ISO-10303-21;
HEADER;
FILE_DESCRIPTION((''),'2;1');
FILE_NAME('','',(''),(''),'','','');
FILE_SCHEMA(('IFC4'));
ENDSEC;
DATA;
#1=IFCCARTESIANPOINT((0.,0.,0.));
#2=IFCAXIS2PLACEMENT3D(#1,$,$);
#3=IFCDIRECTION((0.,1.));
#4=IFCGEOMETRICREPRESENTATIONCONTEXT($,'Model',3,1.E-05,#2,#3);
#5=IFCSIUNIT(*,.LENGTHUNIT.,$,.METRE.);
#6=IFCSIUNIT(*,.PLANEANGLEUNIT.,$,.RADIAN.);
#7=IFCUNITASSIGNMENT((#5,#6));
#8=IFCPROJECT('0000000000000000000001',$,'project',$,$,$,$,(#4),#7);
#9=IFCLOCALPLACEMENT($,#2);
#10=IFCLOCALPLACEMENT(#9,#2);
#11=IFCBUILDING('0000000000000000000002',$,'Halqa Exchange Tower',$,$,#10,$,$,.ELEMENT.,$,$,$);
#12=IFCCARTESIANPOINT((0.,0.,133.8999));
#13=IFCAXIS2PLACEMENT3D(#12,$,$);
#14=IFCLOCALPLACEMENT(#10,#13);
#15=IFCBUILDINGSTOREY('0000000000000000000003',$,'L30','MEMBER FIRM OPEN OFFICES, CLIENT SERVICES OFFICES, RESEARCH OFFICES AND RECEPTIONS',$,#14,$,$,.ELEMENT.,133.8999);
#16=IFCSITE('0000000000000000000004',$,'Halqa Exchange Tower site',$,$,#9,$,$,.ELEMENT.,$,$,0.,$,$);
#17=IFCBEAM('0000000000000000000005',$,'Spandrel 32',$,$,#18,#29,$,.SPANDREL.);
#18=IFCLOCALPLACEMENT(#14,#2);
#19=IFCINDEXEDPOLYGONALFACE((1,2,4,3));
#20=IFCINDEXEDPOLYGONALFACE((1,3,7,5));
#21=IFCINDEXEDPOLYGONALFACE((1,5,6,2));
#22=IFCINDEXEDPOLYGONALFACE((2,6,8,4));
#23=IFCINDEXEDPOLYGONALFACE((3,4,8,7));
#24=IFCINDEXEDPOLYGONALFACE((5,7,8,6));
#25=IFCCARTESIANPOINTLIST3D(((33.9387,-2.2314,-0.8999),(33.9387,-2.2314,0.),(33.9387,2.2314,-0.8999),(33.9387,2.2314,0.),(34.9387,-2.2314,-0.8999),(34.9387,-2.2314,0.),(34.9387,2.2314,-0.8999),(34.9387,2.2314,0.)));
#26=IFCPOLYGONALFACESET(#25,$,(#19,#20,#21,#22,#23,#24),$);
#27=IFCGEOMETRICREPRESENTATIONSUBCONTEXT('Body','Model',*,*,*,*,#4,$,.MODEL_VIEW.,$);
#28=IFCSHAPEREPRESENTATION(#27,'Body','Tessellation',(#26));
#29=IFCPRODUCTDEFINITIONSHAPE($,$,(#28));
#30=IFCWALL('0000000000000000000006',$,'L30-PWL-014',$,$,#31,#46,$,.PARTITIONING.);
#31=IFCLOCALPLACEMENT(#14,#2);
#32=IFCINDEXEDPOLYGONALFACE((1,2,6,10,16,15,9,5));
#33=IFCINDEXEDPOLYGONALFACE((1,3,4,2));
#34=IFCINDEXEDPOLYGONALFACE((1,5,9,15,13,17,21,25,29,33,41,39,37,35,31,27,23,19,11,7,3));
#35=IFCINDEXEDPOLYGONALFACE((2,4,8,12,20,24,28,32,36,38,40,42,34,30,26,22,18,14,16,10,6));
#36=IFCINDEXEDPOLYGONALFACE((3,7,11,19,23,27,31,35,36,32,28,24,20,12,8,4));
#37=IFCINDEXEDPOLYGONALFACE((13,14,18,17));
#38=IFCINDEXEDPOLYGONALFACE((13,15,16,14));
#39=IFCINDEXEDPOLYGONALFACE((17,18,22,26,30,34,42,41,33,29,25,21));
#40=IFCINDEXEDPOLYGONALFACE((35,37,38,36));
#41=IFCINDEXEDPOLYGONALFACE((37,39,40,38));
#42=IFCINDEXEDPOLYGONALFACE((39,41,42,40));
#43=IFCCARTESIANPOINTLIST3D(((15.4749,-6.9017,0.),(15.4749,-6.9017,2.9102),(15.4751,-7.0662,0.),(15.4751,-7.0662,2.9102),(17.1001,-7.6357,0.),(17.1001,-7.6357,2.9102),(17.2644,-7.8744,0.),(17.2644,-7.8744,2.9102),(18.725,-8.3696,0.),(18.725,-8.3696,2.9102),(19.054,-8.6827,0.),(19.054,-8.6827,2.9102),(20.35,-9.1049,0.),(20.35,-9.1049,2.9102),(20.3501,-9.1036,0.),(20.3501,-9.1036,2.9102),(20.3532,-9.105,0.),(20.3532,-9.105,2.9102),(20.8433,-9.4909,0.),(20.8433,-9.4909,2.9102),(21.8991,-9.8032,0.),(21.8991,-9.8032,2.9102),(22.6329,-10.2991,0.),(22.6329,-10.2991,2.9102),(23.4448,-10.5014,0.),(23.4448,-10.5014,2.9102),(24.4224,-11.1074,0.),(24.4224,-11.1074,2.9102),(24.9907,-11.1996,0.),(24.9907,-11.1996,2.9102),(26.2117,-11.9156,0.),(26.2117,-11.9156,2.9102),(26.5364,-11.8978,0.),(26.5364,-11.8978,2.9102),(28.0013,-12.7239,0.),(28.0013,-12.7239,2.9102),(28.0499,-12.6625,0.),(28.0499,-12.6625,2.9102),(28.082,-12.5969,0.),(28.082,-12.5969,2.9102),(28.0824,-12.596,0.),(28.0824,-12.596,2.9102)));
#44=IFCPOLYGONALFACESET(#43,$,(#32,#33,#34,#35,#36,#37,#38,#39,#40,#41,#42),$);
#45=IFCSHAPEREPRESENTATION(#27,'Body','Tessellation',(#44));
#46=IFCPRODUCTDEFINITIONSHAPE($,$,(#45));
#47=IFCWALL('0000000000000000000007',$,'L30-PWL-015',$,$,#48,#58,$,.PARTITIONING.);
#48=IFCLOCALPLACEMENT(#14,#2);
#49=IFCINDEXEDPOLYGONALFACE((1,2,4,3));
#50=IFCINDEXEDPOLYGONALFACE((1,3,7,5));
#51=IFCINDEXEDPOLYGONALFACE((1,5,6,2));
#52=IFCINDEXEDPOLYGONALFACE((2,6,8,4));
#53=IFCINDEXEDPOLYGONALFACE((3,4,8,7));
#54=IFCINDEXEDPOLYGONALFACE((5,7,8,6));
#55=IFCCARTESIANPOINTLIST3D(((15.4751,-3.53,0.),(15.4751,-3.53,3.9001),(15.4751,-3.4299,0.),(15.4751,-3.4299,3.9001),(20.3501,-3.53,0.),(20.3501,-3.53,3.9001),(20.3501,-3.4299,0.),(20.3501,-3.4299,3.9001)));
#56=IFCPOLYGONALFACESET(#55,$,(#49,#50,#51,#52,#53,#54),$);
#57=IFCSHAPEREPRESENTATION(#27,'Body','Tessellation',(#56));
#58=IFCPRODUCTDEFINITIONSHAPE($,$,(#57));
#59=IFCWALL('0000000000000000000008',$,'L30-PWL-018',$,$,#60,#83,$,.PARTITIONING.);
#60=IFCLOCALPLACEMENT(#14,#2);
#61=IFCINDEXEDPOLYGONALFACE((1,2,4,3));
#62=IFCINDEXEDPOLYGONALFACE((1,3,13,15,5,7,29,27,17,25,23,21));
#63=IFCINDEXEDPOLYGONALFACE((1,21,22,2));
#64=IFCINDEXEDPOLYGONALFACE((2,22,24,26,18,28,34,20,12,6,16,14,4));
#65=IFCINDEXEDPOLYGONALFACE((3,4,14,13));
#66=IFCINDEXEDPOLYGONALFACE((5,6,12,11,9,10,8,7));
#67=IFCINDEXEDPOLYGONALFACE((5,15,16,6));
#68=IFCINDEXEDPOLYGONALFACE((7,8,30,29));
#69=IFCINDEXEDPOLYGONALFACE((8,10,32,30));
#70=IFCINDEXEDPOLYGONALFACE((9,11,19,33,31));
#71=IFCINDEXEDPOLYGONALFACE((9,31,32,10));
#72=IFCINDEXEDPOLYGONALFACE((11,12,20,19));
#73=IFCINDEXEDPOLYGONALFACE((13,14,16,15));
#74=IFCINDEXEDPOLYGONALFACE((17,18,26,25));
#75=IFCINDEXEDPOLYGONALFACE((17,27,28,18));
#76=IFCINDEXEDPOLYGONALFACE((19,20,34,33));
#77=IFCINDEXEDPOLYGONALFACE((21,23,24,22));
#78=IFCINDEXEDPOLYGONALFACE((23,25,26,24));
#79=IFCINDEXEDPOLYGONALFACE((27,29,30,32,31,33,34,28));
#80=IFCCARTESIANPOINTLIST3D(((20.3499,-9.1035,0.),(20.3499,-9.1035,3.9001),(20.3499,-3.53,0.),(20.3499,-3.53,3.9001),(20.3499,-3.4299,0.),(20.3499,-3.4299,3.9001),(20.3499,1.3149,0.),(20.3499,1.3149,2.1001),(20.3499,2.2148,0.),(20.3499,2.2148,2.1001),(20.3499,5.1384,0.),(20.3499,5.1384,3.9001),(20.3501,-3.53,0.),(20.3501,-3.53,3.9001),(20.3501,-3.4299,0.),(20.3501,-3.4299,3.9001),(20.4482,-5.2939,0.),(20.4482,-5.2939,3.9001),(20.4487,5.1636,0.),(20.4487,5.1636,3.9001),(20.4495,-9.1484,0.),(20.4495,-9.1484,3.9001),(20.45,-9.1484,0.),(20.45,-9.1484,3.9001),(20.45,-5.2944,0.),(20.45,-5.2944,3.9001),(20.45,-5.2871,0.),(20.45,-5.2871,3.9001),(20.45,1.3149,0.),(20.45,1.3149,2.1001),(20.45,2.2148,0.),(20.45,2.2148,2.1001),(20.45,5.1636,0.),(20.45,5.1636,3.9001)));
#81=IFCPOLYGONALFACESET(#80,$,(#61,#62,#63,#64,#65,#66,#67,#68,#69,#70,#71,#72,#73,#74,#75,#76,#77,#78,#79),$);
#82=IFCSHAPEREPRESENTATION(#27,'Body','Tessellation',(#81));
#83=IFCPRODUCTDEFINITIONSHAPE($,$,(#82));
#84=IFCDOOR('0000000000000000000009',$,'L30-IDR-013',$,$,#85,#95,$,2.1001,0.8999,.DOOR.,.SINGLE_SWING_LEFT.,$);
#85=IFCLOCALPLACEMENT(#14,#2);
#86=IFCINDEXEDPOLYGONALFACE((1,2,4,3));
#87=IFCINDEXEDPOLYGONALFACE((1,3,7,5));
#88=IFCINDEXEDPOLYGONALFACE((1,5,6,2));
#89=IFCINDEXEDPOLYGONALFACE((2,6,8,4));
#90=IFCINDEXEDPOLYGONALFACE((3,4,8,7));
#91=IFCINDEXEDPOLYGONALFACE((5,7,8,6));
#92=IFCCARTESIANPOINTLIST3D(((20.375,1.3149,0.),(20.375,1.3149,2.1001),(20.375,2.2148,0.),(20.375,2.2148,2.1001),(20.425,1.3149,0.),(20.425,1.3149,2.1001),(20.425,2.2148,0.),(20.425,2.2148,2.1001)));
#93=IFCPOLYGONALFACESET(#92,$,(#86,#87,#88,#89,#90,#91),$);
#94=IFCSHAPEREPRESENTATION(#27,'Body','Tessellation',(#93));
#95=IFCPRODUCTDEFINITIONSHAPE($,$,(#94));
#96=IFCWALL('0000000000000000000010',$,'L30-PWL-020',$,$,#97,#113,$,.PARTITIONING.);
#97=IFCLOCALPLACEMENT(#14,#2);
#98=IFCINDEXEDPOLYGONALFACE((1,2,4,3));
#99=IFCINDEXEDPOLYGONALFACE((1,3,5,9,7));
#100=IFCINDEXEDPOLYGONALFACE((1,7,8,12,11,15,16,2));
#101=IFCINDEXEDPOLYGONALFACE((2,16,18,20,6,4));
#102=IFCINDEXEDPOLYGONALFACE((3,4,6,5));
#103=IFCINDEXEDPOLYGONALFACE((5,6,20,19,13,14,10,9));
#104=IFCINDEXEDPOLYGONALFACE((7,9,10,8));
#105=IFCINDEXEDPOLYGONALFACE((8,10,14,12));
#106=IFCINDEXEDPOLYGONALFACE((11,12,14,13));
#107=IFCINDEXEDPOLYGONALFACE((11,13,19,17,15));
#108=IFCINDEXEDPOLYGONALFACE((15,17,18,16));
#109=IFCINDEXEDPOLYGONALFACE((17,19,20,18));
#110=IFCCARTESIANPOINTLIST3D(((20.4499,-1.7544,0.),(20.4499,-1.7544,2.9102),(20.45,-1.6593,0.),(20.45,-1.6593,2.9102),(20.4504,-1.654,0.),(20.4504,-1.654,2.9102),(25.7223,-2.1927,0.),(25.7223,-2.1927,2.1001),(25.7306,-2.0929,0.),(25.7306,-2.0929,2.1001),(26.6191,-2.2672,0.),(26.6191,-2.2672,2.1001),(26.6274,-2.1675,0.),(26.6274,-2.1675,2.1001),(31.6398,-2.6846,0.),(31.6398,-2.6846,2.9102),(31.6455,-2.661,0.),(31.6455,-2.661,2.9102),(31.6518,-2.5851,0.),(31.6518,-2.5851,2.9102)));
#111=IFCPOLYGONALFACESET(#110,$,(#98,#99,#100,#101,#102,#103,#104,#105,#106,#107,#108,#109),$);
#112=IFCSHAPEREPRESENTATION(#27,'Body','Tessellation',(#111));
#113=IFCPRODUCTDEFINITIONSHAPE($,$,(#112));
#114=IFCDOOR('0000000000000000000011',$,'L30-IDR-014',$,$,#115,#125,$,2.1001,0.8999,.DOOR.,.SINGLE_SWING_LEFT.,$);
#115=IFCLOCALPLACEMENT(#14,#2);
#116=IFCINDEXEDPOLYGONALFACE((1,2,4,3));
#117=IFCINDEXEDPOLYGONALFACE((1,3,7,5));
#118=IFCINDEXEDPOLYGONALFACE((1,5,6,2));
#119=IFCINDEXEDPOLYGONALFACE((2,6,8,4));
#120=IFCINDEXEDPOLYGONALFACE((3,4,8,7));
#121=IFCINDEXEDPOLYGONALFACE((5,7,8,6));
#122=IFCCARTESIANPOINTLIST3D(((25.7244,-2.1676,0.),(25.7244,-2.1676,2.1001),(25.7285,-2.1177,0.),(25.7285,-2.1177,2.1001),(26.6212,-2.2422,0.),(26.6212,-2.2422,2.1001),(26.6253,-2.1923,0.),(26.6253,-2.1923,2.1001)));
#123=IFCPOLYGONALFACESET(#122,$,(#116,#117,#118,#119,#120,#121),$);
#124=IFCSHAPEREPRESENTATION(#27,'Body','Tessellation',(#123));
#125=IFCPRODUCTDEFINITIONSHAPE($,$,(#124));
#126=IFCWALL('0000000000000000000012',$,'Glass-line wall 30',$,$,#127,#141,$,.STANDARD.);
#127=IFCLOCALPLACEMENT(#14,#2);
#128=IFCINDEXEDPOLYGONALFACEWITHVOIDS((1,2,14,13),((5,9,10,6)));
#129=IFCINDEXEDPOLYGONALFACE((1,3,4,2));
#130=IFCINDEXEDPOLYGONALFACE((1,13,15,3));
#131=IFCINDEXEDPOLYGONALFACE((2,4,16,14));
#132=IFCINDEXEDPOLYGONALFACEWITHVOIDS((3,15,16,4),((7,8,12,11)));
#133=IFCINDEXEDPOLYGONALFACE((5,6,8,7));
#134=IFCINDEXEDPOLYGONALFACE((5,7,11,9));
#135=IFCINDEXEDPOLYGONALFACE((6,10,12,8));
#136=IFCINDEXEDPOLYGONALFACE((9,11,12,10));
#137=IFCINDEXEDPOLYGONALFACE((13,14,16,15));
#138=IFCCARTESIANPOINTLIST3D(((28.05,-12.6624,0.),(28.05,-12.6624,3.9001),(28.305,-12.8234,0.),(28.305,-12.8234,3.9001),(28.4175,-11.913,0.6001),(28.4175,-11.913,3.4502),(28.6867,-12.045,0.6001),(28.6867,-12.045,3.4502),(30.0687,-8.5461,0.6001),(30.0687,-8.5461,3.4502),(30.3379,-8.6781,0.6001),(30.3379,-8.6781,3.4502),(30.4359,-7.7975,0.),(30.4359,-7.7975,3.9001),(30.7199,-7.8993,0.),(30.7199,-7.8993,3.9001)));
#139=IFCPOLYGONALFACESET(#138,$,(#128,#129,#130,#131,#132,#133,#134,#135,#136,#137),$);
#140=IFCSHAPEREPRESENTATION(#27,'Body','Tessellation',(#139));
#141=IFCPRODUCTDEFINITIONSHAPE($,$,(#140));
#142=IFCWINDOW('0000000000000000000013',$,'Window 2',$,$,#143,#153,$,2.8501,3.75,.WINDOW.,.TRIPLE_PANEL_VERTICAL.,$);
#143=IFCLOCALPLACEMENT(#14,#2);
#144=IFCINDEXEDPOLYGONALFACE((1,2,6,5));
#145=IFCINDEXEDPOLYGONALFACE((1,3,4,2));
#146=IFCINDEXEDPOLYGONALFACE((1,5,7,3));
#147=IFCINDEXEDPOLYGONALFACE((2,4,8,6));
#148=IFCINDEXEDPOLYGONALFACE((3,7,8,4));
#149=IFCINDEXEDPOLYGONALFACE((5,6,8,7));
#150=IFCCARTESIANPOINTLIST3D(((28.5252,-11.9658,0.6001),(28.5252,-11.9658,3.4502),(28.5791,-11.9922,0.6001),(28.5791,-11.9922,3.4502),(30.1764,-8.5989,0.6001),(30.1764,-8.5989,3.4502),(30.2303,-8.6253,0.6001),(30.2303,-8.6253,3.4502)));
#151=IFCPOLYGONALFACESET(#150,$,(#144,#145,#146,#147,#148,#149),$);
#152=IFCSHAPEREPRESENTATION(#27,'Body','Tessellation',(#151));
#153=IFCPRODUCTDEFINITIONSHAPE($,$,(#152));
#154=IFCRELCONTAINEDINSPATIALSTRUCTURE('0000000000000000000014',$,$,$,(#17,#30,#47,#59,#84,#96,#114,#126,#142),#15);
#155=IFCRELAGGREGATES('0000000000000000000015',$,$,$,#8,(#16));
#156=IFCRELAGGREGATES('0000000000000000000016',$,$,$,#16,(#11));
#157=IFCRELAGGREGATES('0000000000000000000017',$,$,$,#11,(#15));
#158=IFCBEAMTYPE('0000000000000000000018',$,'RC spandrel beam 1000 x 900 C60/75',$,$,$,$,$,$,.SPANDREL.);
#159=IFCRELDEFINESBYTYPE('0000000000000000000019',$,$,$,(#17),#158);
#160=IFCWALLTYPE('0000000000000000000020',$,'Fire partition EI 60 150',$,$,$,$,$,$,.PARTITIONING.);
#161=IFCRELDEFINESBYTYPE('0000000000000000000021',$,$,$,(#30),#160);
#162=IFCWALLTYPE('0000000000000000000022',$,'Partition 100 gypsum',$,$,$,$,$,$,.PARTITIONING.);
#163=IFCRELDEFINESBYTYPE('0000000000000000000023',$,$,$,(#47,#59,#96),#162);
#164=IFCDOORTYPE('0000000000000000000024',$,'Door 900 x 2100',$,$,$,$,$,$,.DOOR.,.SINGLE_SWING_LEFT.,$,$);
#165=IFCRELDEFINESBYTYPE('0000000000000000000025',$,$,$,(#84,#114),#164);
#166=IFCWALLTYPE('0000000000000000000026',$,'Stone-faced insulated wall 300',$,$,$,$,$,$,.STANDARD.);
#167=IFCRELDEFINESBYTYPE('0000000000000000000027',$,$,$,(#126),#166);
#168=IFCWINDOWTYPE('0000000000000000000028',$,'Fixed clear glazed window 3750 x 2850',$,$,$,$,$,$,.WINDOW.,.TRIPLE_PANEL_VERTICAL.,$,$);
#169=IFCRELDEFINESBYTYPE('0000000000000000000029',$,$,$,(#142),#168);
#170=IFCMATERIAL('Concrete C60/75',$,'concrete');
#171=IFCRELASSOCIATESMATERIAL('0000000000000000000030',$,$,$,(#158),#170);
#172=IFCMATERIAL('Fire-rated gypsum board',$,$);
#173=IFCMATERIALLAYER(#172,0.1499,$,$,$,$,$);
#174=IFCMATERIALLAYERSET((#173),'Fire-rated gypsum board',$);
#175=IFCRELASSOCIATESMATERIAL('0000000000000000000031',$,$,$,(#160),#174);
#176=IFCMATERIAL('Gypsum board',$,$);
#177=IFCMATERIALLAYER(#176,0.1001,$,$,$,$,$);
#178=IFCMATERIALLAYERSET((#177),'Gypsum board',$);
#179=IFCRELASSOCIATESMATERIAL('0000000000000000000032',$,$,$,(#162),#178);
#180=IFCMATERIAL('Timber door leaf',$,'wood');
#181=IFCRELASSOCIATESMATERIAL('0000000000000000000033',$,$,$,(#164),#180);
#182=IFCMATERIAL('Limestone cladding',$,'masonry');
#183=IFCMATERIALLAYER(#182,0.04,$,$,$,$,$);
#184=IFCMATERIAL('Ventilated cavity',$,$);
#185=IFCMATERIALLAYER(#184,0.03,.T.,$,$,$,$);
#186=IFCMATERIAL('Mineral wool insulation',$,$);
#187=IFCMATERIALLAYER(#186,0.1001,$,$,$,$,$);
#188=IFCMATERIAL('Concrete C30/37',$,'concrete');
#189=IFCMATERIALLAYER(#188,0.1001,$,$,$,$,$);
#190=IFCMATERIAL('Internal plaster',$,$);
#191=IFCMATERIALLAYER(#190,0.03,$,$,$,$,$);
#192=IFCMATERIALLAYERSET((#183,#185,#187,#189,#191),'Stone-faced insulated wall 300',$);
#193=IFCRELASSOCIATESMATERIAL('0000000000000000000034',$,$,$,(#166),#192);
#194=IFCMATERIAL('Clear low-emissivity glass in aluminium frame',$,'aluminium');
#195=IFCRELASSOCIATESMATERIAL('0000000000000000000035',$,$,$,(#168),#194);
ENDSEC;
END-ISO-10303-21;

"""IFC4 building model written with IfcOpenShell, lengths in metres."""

from ifc_helpers import new_model, si_unit, direction, frame, frame_2d, origin, origin_2d, place, context, subcontext, project, spatial, polyline, rectangle, outline, extrude, material, layer, layer_set, material_profile, profile_set, type_object, element, fill, save


model = new_model("IFC4")

# Units and contexts
model_context = context("Model", 3, precision=1e-05, world=origin(), true_north=direction((0.0, 1.0)))
body_context = subcontext(model_context, "Body", "Model", "MODEL_VIEW")
ifc_project = project(units=[si_unit("LENGTHUNIT", "METRE"), si_unit("PLANEANGLEUNIT", "RADIAN")], contexts=[model_context])

# Site, building, storey
site_placement = place(None, origin())
site = spatial("IfcSite", under=ifc_project, at=site_placement, Name="Halqa Exchange Tower site", CompositionType="ELEMENT", RefElevation=0.0)
building_placement = place(site_placement, origin())
building = spatial("IfcBuilding", under=site, at=building_placement, Name="Halqa Exchange Tower", CompositionType="ELEMENT")
storey_placement = place(building_placement, frame((0.0, 0.0, 133.8999)))
storey = spatial("IfcBuildingStorey", under=building, at=storey_placement, Name="L30", Description="MEMBER FIRM OPEN OFFICES, CLIENT SERVICES OFFICES, RESEARCH OFFICES AND RECEPTIONS", CompositionType="ELEMENT", Elevation=133.8999)

# Beam
ifc_material_1 = material(Name="Concrete C60/75", Category="concrete")
ifc_material_profile_1 = material_profile(ifc_material_1, rectangle(XDim=1.0, YDim=0.8999, at=origin_2d()), Name="1000 x 900")
ifc_profile_set_1 = profile_set([ifc_material_profile_1], Name="Concrete C60/75")
beam_type_1 = type_object("IfcBeamType", Name="RC spandrel beam 1000 x 900 C60/75", PredefinedType="SPANDREL", material=ifc_profile_set_1)
beam_1_placement = place(storey_placement, frame((34.4387, -2.2314, -0.45), z_axis=(0.0, 1.0, 0.0), x_axis=(-1.0, 0.0, 0.0)))
element("IfcBeam", 1, at=beam_1_placement, inside=storey, type_object=beam_type_1, Name="Spandrel 32", PredefinedType="SPANDREL", context=body_context, shape_type="SweptSolid", body=[
    extrude(rectangle(XDim=1.0, YDim=0.8999, at=origin_2d()), origin(), (0.0, 0.0, 1.0), 4.4629),
])

# Walls
ifc_material_2 = material(Name="Fire-rated gypsum board")
ifc_layer_1 = layer(ifc_material_2, 0.1499)
ifc_layer_set_1 = layer_set([ifc_layer_1], Name="Fire-rated gypsum board")
wall_type_1 = type_object("IfcWallType", Name="Fire partition EI 60 150", PredefinedType="PARTITIONING", material=ifc_layer_set_1)
wall_1_placement = place(storey_placement, frame((15.4441, -6.97, 0.0), z_axis=(0.0, 0.0, 1.0), x_axis=(0.911353, -0.411626, 0.0)))
element("IfcWall", 2, at=wall_1_placement, inside=storey, type_object=wall_type_1, Name="L30-PWL-014", PredefinedType="PARTITIONING", context=body_context, shape_type="SweptSolid", body=[
    extrude(outline(polyline([(0.0679, -0.075), (2.0312, -0.075), (3.9949, -0.075), (5.9583, -0.075), (7.9219, -0.075), (9.8855, -0.075), (11.8489, -0.075), (13.8125, -0.075), (13.8315, 0.001), (13.8337, 0.074), (13.8337, 0.075), (12.1375, 0.075), (10.4414, 0.075), (8.7451, 0.075), (7.0491, 0.075), (5.3528, 0.075), (5.3499, 0.0737), (5.3494, 0.075), (3.5662, 0.075), (1.7832, 0.075), (0.0, 0.075), (0.0679, -0.075)])), origin(), (0.0, 0.0, 1.0), 2.9102),
])
ifc_material_3 = material(Name="Gypsum board")
ifc_layer_2 = layer(ifc_material_3, 0.1001)
ifc_layer_set_2 = layer_set([ifc_layer_2], Name="Gypsum board")
wall_type_2 = type_object("IfcWallType", Name="Partition 100 gypsum", PredefinedType="PARTITIONING", material=ifc_layer_set_2)
wall_2_placement = place(storey_placement, frame((15.4751, -3.48, 0.0), z_axis=(0.0, 0.0, 1.0), x_axis=(1.0, 0.0, 0.0)))
element("IfcWall", 3, at=wall_2_placement, inside=storey, type_object=wall_type_2, Name="L30-PWL-015", PredefinedType="PARTITIONING", context=body_context, shape_type="SweptSolid", body=[
    extrude(rectangle(XDim=4.875, YDim=0.1001, at=frame_2d((2.4375, 0.0))), origin(), (0.0, 0.0, 1.0), 3.9001),
])

# Walls, openings, doors
wall_3_placement = place(storey_placement, frame((20.3999, -9.1484, 0.0), z_axis=(0.0, 0.0, 1.0), x_axis=(0.0, 1.0, 0.0)))
wall_3 = element("IfcWall", 4, at=wall_3_placement, inside=storey, type_object=wall_type_2, Name="L30-PWL-018", PredefinedType="PARTITIONING", context=body_context, shape_type="SweptSolid", body=[
    extrude(outline(polyline([(0.0, -0.05), (1.927, -0.05), (3.854, -0.05), (3.8545, -0.0483), (3.8613, -0.05), (5.6033, -0.05), (7.345, -0.05), (9.0867, -0.05), (10.8284, -0.05), (12.5703, -0.05), (14.312, -0.05), (14.312, -0.0488), (14.2869, 0.05), (12.573, 0.05), (10.8594, 0.05), (9.1458, 0.05), (7.4321, 0.05), (5.7185, 0.05), (5.7185, 0.0498), (5.6184, 0.0498), (5.6184, 0.05), (3.7607, 0.05), (1.9028, 0.05), (0.0449, 0.05), (0.0, -0.0496), (0.0, -0.05)])), origin(), (0.0, 0.0, 1.0), 3.9001),
])
opening_1_placement = place(wall_3_placement, frame((10.4634, 0.0, 0.0)))
opening_1 = element("IfcOpeningElement", 5, at=opening_1_placement, cuts=wall_3, PredefinedType="OPENING", context=body_context, shape_type="SweptSolid", body=[
    extrude(rectangle(XDim=0.8999, YDim=2.1001, at=frame_2d((0.45, 1.05))), frame((0.0, 0.062, 0.0), z_axis=(0.0, -1.0, 0.0), x_axis=(1.0, 0.0, 0.0)), (0.0, 0.0, 1.0), 0.124),
])
ifc_material_4 = material(Name="Timber door leaf", Category="wood")
door_type_1 = type_object("IfcDoorType", Name="Door 900 x 2100", OperationType="SINGLE_SWING_LEFT", PredefinedType="DOOR", material=ifc_material_4)
door_1_placement = place(opening_1_placement, origin())
door_1 = element("IfcDoor", 6, at=door_1_placement, inside=storey, type_object=door_type_1, Name="L30-IDR-013", OperationType="SINGLE_SWING_LEFT", OverallHeight=2.1001, OverallWidth=0.8999, PredefinedType="DOOR", context=body_context, shape_type="SweptSolid", body=[
    extrude(rectangle(XDim=0.8999, YDim=2.1001, at=frame_2d((0.45, 1.05))), frame((0.0, 0.0249, 0.0), z_axis=(0.0, -1.0, 0.0), x_axis=(1.0, 0.0, 0.0)), (0.0, 0.0, 1.0), 0.05),
])
fill(opening_1, door_1)
wall_4_placement = place(storey_placement, frame((20.4463, -1.7039, 0.0), z_axis=(0.0, 0.0, 1.0), x_axis=(0.996563, -0.082842, 0.0)))
wall_4 = element("IfcWall", 7, at=wall_4_placement, inside=storey, type_object=wall_type_2, Name="L30-PWL-020", PredefinedType="PARTITIONING", context=body_context, shape_type="SweptSolid", body=[
    extrude(outline(polyline([(0.0078, -0.05), (1.8794, -0.05), (3.7507, -0.05), (5.6221, -0.05), (7.4937, -0.05), (9.365, -0.05), (11.2363, -0.05), (11.24, -0.0261), (11.24, 0.05), (9.3667, 0.05), (7.4934, 0.05), (5.6201, 0.05), (3.7466, 0.05), (1.8733, 0.05), (0.0, 0.05), (0.0, 0.0447), (0.0078, -0.05)])), origin(), (0.0, 0.0, 1.0), 2.9102),
])
opening_2_placement = place(wall_4_placement, frame((5.2983, 0.0, 0.0)))
opening_2 = element("IfcOpeningElement", 8, at=opening_2_placement, cuts=wall_4, PredefinedType="OPENING", context=body_context, shape_type="SweptSolid", body=[
    extrude(rectangle(XDim=0.8999, YDim=2.1001, at=frame_2d((0.45, 1.05))), frame((0.0, 0.062, 0.0), z_axis=(0.0, -1.0, 0.0), x_axis=(1.0, 0.0, 0.0)), (0.0, 0.0, 1.0), 0.124),
])
door_2_placement = place(opening_2_placement, frame((0.8999, 0.0, 0.0), z_axis=(0.0, 0.0, 1.0), x_axis=(-1.0, 0.0, 0.0)))
door_2 = element("IfcDoor", 9, at=door_2_placement, inside=storey, type_object=door_type_1, Name="L30-IDR-014", OperationType="SINGLE_SWING_LEFT", OverallHeight=2.1001, OverallWidth=0.8999, PredefinedType="DOOR", context=body_context, shape_type="SweptSolid", body=[
    extrude(rectangle(XDim=0.8999, YDim=2.1001, at=frame_2d((0.45, 1.05))), frame((0.0, 0.0249, 0.0), z_axis=(0.0, -1.0, 0.0), x_axis=(1.0, 0.0, 0.0)), (0.0, 0.0, 1.0), 0.05),
])
fill(opening_2, door_2)

# Wall, opening, window
ifc_material_5 = material(Name="Limestone cladding", Category="masonry")
ifc_layer_3 = layer(ifc_material_5, 0.04)
ifc_material_6 = material(Name="Ventilated cavity")
ifc_layer_4 = layer(ifc_material_6, 0.03, ventilated=True)
ifc_material_7 = material(Name="Mineral wool insulation")
ifc_layer_5 = layer(ifc_material_7, 0.1001)
ifc_material_8 = material(Name="Concrete C30/37", Category="concrete")
ifc_layer_6 = layer(ifc_material_8, 0.1001)
ifc_material_9 = material(Name="Internal plaster")
ifc_layer_7 = layer(ifc_material_9, 0.03)
ifc_layer_set_3 = layer_set([ifc_layer_3, ifc_layer_4, ifc_layer_5, ifc_layer_6, ifc_layer_7], Name="Stone-faced insulated wall 300")
wall_type_3 = type_object("IfcWallType", Name="Stone-faced insulated wall 300", PredefinedType="STANDARD", material=ifc_layer_set_3)
wall_5_placement = place(storey_placement, frame((28.1775, -12.7429, 0.0), z_axis=(0.0, 0.0, 1.0), x_axis=(0.440321, 0.89784, 0.0)))
wall_5 = element("IfcWall", 10, at=wall_5_placement, inside=storey, type_object=wall_type_3, Name="Glass-line wall 30", PredefinedType="STANDARD", context=body_context, shape_type="SweptSolid", body=[
    extrude(outline(polyline([(-0.0161, -0.1499), (5.4683, -0.1499), (5.4346, 0.1499), (0.0161, 0.1499), (-0.0161, -0.1499)])), origin(), (0.0, 0.0, 1.0), 3.9001),
])
opening_3_placement = place(wall_5_placement, frame((0.8508, 0.0, 0.6001)))
opening_3 = element("IfcOpeningElement", 11, at=opening_3_placement, cuts=wall_5, PredefinedType="OPENING", context=body_context, shape_type="SweptSolid", body=[
    extrude(rectangle(XDim=3.75, YDim=2.8501, at=frame_2d((1.875, 1.425))), frame((0.0, 0.1621, 0.0), z_axis=(0.0, -1.0, 0.0), x_axis=(1.0, 0.0, 0.0)), (0.0, 0.0, 1.0), 0.324),
])
ifc_material_10 = material(Name="Clear low-emissivity glass in aluminium frame", Category="aluminium")
window_type = type_object("IfcWindowType", Name="Fixed clear glazed window 3750 x 2850", PartitioningType="TRIPLE_PANEL_VERTICAL", PredefinedType="WINDOW", material=ifc_material_10)
window_1_placement = place(opening_3_placement, origin())
window_1 = element("IfcWindow", 12, at=window_1_placement, inside=storey, type_object=window_type, Name="Window 2", OverallHeight=2.8501, OverallWidth=3.75, PartitioningType="TRIPLE_PANEL_VERTICAL", PredefinedType="WINDOW", context=body_context, shape_type="SweptSolid", body=[
    extrude(rectangle(XDim=3.75, YDim=2.8501, at=frame_2d((1.875, 1.425))), frame((0.0, 0.03, 0.0), z_axis=(0.0, -1.0, 0.0), x_axis=(1.0, 0.0, 0.0)), (0.0, 0.0, 1.0), 0.0601),
])
fill(opening_3, window_1)

save(model, "model.ifc")
